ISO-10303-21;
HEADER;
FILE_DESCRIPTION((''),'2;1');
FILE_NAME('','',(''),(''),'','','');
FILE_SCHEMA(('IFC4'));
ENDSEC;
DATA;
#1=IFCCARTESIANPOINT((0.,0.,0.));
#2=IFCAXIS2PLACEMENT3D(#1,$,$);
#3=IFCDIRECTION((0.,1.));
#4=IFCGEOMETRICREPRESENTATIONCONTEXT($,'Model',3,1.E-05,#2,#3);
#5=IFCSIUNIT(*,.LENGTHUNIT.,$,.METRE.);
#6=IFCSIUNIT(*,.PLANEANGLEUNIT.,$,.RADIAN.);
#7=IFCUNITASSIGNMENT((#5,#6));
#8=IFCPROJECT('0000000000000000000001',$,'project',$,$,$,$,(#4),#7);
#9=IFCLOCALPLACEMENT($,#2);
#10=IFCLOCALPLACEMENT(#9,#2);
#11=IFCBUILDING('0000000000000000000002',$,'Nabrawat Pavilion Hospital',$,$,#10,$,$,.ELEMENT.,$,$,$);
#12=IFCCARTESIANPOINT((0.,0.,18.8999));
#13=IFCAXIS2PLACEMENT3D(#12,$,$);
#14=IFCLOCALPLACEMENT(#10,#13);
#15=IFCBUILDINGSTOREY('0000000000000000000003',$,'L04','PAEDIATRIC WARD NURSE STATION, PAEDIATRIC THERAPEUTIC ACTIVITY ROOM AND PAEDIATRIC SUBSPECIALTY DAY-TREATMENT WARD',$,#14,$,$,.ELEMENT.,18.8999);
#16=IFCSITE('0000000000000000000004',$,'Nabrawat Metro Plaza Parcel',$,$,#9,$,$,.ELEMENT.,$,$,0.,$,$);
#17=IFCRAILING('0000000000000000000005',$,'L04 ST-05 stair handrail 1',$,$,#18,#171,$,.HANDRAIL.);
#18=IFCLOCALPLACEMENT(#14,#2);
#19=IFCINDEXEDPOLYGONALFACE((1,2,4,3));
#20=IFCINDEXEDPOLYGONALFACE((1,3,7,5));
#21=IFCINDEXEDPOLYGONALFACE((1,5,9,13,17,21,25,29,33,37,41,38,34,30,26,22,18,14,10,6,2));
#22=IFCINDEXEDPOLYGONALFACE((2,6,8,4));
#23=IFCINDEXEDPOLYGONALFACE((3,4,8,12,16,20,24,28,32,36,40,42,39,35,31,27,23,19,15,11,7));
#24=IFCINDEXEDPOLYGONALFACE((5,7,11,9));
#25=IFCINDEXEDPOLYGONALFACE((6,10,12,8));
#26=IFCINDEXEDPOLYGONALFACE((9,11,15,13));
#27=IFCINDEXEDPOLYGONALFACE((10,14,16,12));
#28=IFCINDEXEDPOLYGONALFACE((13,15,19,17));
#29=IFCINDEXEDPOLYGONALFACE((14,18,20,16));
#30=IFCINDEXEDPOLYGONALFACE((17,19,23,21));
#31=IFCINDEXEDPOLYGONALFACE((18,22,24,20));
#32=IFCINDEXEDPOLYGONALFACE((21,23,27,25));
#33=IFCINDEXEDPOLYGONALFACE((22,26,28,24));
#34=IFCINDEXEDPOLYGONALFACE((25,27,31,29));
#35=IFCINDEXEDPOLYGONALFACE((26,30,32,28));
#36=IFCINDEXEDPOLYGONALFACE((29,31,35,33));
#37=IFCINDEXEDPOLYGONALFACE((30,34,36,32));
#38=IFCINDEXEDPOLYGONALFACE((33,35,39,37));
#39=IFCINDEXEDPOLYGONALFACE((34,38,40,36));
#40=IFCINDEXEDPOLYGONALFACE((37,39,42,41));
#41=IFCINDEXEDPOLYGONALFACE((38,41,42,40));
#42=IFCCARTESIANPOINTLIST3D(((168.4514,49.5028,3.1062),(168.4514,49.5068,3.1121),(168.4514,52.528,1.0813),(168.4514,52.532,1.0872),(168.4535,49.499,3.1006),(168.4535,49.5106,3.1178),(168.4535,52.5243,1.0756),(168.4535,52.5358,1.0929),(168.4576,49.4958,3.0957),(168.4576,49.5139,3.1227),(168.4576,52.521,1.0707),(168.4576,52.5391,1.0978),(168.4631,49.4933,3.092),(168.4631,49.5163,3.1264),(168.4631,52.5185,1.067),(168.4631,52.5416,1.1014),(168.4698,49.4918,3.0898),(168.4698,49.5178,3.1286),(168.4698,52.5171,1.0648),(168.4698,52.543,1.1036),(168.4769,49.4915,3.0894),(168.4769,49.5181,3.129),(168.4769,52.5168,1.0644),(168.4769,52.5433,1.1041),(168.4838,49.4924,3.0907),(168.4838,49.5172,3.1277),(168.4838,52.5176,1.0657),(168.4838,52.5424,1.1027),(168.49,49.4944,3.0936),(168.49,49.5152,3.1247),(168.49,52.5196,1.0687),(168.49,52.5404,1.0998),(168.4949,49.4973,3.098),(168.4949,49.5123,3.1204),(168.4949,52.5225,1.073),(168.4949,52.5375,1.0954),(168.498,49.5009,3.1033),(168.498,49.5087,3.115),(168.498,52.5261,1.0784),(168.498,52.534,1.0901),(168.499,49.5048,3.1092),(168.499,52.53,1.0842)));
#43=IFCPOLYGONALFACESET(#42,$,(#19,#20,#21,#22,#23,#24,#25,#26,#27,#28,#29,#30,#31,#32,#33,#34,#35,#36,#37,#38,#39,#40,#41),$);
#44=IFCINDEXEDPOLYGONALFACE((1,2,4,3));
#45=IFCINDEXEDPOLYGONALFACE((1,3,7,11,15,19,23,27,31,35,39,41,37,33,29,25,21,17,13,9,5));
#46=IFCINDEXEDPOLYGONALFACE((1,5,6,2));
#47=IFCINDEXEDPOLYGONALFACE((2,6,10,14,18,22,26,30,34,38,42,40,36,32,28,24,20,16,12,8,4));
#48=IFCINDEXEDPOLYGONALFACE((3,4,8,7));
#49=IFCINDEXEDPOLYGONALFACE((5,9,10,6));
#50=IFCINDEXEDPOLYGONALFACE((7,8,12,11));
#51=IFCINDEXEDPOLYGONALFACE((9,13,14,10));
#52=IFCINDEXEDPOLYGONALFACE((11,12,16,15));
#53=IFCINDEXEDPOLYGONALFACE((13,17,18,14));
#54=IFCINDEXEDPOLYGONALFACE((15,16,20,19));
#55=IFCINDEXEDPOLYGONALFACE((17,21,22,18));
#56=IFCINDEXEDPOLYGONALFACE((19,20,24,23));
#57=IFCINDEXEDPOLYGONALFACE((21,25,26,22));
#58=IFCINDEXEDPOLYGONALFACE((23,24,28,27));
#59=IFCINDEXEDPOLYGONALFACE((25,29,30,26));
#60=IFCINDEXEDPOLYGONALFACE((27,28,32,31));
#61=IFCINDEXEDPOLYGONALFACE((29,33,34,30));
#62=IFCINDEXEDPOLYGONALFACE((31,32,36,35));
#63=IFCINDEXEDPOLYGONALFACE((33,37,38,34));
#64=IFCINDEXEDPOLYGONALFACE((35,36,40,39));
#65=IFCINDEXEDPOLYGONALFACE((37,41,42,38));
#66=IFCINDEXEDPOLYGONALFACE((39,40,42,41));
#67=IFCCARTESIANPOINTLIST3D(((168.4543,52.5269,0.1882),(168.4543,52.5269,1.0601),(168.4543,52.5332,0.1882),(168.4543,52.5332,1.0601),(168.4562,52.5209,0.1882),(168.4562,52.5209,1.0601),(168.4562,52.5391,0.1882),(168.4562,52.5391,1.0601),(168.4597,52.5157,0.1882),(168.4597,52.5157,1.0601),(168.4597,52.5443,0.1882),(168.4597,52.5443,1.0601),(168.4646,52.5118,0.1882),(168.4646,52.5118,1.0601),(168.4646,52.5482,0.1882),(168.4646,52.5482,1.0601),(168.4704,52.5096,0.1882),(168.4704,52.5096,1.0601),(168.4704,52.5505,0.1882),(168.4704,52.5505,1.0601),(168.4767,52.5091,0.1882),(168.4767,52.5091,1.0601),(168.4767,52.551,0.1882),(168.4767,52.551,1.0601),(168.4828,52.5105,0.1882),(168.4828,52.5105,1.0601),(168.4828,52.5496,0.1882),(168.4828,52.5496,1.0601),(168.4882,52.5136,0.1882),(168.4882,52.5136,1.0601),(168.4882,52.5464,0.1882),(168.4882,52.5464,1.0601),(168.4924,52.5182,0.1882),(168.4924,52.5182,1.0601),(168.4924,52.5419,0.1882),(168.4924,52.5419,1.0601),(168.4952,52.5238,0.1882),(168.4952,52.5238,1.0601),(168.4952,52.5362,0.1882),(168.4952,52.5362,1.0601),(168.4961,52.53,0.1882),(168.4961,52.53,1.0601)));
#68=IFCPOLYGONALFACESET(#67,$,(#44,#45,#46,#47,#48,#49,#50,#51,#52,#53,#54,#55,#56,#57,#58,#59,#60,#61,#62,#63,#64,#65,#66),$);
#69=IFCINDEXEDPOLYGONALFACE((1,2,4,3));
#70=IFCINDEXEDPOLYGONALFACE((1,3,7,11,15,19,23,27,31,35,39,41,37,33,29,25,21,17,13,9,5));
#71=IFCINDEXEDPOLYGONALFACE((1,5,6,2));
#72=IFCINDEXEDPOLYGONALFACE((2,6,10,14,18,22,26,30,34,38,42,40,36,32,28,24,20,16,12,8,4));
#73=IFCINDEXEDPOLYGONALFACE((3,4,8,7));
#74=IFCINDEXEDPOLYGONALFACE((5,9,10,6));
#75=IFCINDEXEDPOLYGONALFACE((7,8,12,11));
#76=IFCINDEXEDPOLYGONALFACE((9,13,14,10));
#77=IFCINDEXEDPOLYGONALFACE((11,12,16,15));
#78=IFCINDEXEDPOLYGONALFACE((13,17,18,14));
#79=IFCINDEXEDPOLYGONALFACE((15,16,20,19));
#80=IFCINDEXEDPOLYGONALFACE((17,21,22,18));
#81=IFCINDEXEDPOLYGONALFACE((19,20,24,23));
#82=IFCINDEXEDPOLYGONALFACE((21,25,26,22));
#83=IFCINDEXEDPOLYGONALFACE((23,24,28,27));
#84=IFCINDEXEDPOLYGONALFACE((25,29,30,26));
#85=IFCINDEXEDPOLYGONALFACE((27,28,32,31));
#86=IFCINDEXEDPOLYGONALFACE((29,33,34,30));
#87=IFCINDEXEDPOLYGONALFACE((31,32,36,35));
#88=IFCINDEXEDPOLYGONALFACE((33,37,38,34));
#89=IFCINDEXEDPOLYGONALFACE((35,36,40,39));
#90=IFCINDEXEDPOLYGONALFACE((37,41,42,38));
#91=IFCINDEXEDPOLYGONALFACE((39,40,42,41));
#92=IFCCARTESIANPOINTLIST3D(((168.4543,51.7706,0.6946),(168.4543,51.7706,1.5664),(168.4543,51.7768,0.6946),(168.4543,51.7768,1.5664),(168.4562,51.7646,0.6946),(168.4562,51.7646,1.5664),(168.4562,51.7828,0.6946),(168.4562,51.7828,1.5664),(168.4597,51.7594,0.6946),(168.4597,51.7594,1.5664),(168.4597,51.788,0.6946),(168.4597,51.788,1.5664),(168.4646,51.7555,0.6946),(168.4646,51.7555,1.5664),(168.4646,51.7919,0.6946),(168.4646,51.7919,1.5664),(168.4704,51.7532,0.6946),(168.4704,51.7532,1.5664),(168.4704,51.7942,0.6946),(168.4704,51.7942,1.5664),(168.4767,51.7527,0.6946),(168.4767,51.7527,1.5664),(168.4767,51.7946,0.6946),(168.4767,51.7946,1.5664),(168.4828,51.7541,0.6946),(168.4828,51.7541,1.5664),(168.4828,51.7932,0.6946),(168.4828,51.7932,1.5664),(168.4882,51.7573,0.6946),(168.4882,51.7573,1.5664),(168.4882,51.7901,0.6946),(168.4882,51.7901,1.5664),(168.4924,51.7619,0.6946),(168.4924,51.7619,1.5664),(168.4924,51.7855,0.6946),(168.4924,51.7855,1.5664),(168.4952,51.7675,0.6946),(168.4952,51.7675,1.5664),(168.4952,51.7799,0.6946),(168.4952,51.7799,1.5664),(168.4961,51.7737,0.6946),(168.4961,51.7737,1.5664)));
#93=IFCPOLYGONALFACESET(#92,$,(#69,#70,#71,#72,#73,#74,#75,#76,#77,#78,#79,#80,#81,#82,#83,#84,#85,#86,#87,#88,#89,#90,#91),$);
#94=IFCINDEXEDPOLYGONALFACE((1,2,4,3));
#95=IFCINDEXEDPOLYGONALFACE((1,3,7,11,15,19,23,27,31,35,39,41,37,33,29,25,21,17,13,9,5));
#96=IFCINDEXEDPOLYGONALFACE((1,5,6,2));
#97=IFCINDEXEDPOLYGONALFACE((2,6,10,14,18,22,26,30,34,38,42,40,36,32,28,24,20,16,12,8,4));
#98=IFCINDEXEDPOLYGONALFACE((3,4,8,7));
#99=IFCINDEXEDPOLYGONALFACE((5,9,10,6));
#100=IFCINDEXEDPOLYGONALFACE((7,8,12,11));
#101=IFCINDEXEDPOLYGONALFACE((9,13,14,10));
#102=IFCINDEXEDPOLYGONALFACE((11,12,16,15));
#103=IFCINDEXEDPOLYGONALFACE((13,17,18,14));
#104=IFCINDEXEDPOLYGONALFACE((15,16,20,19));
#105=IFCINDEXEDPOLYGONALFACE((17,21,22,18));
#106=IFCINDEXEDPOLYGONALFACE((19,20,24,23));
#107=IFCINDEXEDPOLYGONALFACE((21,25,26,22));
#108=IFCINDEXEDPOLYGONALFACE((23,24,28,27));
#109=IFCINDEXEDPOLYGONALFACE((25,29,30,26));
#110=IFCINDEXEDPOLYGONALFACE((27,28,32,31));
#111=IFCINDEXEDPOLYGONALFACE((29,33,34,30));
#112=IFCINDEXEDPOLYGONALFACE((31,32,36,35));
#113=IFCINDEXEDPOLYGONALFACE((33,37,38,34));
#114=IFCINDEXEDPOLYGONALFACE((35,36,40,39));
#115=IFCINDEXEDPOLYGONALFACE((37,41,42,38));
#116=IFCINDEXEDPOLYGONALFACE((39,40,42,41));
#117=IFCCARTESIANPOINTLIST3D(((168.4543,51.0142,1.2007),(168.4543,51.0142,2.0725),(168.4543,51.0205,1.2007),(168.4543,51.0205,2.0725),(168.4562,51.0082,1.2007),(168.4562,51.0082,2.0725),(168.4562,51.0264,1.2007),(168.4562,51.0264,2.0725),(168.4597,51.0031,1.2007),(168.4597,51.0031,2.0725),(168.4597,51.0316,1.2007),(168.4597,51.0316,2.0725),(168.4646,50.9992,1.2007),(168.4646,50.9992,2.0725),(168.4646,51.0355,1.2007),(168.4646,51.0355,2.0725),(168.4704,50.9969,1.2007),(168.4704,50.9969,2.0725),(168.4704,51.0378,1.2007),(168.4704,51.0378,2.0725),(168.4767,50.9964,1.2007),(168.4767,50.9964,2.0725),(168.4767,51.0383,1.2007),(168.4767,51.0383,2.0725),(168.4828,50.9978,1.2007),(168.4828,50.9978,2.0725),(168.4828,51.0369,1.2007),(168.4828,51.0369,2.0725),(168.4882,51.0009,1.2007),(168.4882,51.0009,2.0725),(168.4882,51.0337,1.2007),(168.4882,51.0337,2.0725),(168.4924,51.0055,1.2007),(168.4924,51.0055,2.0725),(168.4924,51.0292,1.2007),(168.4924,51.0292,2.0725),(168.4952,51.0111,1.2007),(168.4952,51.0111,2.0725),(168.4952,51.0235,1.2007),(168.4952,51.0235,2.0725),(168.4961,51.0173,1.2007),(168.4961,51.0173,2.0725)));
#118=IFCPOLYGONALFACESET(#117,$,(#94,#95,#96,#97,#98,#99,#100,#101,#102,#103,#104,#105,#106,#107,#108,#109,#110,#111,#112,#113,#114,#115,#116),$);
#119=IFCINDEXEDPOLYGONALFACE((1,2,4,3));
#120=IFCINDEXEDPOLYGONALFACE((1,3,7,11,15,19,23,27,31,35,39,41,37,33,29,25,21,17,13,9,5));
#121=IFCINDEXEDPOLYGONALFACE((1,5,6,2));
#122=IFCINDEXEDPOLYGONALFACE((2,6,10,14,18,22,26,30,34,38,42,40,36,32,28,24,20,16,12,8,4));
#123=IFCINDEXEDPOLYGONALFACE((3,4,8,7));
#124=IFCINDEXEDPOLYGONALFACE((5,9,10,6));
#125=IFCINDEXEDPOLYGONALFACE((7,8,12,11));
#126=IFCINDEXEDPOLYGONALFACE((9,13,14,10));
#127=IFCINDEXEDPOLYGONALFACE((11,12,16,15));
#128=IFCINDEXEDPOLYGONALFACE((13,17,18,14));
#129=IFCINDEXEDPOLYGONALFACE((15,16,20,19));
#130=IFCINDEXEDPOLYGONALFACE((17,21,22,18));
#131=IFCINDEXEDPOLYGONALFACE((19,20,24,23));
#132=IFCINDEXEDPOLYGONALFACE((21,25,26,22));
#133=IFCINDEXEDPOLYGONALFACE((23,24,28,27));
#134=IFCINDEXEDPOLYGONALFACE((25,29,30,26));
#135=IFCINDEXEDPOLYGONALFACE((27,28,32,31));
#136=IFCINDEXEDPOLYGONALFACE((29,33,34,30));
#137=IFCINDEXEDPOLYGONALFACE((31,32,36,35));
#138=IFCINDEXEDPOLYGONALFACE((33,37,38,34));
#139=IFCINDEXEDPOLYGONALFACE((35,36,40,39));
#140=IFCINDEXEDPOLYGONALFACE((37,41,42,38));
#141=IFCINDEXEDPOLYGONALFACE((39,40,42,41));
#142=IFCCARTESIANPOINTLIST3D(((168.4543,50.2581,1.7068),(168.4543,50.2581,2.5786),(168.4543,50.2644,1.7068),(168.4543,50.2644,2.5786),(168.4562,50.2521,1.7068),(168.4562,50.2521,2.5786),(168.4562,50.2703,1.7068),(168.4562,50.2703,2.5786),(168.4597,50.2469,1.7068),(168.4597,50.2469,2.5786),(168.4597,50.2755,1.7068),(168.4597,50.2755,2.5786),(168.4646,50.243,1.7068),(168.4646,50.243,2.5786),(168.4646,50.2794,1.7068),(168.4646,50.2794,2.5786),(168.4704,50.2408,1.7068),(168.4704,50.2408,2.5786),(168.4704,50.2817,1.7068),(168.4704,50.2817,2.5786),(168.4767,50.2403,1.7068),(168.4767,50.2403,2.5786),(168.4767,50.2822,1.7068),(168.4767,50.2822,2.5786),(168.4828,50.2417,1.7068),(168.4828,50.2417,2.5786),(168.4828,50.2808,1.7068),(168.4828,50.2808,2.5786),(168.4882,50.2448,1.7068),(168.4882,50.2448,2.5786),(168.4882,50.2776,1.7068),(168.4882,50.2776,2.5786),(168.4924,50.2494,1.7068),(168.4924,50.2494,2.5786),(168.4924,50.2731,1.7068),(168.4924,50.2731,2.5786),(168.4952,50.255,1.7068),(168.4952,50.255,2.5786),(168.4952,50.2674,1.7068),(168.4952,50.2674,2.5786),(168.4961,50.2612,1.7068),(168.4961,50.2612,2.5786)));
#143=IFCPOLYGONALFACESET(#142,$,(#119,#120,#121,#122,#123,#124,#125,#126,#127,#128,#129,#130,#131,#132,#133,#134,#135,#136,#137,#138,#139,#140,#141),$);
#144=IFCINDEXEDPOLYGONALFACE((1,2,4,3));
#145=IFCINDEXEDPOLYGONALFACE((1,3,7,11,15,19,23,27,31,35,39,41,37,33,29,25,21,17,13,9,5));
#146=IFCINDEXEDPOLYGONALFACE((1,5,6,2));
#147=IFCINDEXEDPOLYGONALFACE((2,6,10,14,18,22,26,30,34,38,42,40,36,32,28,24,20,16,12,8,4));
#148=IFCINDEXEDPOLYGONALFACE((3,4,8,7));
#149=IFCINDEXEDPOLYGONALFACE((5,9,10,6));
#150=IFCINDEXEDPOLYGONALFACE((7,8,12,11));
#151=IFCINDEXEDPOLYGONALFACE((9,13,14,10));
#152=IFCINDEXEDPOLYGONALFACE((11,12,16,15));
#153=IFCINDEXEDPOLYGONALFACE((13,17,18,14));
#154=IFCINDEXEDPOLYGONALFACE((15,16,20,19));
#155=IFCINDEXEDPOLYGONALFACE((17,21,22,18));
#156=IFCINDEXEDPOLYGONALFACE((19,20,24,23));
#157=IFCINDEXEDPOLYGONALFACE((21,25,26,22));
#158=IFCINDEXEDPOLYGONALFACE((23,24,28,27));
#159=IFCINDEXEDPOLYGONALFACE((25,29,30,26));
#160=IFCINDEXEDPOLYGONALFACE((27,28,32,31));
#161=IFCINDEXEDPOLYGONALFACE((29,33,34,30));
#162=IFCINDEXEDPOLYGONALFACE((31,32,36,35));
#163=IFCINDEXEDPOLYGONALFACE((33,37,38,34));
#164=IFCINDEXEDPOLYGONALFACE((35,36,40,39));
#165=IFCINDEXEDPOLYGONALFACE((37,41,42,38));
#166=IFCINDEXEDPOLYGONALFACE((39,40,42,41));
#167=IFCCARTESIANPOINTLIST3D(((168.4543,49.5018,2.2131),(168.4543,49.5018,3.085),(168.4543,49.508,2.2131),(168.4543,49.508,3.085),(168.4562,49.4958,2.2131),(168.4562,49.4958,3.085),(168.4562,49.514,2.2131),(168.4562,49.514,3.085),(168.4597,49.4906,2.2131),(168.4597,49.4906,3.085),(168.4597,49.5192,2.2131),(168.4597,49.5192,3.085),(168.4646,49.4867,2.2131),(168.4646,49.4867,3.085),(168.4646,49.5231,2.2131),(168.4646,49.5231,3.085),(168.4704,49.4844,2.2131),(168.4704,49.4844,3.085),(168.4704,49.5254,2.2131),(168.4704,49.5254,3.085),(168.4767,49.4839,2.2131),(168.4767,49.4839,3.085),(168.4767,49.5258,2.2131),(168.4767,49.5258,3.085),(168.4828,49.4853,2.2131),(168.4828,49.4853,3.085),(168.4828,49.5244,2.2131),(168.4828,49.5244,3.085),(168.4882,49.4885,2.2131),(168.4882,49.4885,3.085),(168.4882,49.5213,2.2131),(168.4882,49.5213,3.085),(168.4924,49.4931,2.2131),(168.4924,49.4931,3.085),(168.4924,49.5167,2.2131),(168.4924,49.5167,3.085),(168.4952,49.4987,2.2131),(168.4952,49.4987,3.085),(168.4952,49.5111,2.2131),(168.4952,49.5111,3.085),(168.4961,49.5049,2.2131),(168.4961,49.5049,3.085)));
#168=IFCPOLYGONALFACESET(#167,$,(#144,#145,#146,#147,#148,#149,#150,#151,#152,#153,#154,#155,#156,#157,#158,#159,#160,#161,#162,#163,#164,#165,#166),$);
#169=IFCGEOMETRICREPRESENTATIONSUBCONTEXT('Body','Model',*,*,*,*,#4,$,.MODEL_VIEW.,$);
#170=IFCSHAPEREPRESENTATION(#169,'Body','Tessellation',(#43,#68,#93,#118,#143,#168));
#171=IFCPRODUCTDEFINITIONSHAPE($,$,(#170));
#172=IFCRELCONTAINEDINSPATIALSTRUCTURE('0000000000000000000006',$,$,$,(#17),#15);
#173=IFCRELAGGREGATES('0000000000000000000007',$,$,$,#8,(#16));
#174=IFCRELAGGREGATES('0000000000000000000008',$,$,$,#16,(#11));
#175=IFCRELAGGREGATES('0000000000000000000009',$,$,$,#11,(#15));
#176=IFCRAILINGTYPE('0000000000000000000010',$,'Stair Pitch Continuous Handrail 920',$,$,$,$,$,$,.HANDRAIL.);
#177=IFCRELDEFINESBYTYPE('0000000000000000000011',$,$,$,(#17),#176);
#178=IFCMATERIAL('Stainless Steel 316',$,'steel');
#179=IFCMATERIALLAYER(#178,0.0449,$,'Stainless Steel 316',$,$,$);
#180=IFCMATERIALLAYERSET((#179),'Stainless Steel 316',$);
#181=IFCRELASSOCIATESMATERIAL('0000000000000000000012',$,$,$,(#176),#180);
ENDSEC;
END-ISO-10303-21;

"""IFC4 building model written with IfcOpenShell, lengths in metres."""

from ifc_helpers import new_model, si_unit, direction, frame, origin, origin_2d, place, context, subcontext, project, spatial, circle, extrude, material, layer, layer_set, type_object, element, save


model = new_model("IFC4")

# Units and contexts
model_context = context("Model", 3, precision=1e-05, world=origin(), true_north=direction((0.0, 1.0)))
body_context = subcontext(model_context, "Body", "Model", "MODEL_VIEW")
ifc_project = project(units=[si_unit("LENGTHUNIT", "METRE"), si_unit("PLANEANGLEUNIT", "RADIAN")], contexts=[model_context])

# Site, building, storey
site_placement = place(None, origin())
site = spatial("IfcSite", under=ifc_project, at=site_placement, Name="Nabrawat Metro Plaza Parcel", CompositionType="ELEMENT", RefElevation=0.0)
building_placement = place(site_placement, origin())
building = spatial("IfcBuilding", under=site, at=building_placement, Name="Nabrawat Pavilion Hospital", CompositionType="ELEMENT")
storey_placement = place(building_placement, frame((0.0, 0.0, 18.8999)))
storey = spatial("IfcBuildingStorey", under=building, at=storey_placement, Name="L04", Description="PAEDIATRIC WARD NURSE STATION, PAEDIATRIC THERAPEUTIC ACTIVITY ROOM AND PAEDIATRIC SUBSPECIALTY DAY-TREATMENT WARD", CompositionType="ELEMENT", Elevation=18.8999)

# Railing
ifc_material_1 = material(Name="Stainless Steel 316", Category="steel")
ifc_layer_1 = layer(ifc_material_1, 0.0449, Name="Stainless Steel 316")
ifc_layer_set_1 = layer_set([ifc_layer_1], Name="Stainless Steel 316")
railing_type_1 = type_object("IfcRailingType", Name="Stair Pitch Continuous Handrail 920", PredefinedType="HANDRAIL", material=ifc_layer_set_1)
railing_1_placement = place(storey_placement, frame((168.4751, 52.53, 0.1882)))
element("IfcRailing", 1, at=railing_1_placement, inside=storey, type_object=railing_type_1, Name="L04 ST-05 stair handrail 1", PredefinedType="HANDRAIL", context=body_context, shape_type="SweptSolid", body=[
    extrude(circle(Radius=0.0239, at=origin_2d()), frame((0.0, 0.0, 0.896), z_axis=(0.0, -0.831017, 0.556247), x_axis=(1.0, 0.0, 0.0)), (0.0, 0.0, 1.0), 3.6404),
    extrude(circle(Radius=0.021, at=origin_2d()), origin(), (0.0, 0.0, 1.0), 0.8718),
    extrude(circle(Radius=0.021, at=origin_2d()), frame((0.0, -0.7563, 0.5063)), (0.0, 0.0, 1.0), 0.8718),
    extrude(circle(Radius=0.021, at=origin_2d()), frame((0.0, -1.5127, 1.0125)), (0.0, 0.0, 1.0), 0.8718),
    extrude(circle(Radius=0.021, at=origin_2d()), frame((0.0, -2.2688, 1.5186)), (0.0, 0.0, 1.0), 0.8718),
    extrude(circle(Radius=0.021, at=origin_2d()), frame((0.0, -3.0251, 2.0249)), (0.0, 0.0, 1.0), 0.8718),
])

save(model, "model.ifc")
